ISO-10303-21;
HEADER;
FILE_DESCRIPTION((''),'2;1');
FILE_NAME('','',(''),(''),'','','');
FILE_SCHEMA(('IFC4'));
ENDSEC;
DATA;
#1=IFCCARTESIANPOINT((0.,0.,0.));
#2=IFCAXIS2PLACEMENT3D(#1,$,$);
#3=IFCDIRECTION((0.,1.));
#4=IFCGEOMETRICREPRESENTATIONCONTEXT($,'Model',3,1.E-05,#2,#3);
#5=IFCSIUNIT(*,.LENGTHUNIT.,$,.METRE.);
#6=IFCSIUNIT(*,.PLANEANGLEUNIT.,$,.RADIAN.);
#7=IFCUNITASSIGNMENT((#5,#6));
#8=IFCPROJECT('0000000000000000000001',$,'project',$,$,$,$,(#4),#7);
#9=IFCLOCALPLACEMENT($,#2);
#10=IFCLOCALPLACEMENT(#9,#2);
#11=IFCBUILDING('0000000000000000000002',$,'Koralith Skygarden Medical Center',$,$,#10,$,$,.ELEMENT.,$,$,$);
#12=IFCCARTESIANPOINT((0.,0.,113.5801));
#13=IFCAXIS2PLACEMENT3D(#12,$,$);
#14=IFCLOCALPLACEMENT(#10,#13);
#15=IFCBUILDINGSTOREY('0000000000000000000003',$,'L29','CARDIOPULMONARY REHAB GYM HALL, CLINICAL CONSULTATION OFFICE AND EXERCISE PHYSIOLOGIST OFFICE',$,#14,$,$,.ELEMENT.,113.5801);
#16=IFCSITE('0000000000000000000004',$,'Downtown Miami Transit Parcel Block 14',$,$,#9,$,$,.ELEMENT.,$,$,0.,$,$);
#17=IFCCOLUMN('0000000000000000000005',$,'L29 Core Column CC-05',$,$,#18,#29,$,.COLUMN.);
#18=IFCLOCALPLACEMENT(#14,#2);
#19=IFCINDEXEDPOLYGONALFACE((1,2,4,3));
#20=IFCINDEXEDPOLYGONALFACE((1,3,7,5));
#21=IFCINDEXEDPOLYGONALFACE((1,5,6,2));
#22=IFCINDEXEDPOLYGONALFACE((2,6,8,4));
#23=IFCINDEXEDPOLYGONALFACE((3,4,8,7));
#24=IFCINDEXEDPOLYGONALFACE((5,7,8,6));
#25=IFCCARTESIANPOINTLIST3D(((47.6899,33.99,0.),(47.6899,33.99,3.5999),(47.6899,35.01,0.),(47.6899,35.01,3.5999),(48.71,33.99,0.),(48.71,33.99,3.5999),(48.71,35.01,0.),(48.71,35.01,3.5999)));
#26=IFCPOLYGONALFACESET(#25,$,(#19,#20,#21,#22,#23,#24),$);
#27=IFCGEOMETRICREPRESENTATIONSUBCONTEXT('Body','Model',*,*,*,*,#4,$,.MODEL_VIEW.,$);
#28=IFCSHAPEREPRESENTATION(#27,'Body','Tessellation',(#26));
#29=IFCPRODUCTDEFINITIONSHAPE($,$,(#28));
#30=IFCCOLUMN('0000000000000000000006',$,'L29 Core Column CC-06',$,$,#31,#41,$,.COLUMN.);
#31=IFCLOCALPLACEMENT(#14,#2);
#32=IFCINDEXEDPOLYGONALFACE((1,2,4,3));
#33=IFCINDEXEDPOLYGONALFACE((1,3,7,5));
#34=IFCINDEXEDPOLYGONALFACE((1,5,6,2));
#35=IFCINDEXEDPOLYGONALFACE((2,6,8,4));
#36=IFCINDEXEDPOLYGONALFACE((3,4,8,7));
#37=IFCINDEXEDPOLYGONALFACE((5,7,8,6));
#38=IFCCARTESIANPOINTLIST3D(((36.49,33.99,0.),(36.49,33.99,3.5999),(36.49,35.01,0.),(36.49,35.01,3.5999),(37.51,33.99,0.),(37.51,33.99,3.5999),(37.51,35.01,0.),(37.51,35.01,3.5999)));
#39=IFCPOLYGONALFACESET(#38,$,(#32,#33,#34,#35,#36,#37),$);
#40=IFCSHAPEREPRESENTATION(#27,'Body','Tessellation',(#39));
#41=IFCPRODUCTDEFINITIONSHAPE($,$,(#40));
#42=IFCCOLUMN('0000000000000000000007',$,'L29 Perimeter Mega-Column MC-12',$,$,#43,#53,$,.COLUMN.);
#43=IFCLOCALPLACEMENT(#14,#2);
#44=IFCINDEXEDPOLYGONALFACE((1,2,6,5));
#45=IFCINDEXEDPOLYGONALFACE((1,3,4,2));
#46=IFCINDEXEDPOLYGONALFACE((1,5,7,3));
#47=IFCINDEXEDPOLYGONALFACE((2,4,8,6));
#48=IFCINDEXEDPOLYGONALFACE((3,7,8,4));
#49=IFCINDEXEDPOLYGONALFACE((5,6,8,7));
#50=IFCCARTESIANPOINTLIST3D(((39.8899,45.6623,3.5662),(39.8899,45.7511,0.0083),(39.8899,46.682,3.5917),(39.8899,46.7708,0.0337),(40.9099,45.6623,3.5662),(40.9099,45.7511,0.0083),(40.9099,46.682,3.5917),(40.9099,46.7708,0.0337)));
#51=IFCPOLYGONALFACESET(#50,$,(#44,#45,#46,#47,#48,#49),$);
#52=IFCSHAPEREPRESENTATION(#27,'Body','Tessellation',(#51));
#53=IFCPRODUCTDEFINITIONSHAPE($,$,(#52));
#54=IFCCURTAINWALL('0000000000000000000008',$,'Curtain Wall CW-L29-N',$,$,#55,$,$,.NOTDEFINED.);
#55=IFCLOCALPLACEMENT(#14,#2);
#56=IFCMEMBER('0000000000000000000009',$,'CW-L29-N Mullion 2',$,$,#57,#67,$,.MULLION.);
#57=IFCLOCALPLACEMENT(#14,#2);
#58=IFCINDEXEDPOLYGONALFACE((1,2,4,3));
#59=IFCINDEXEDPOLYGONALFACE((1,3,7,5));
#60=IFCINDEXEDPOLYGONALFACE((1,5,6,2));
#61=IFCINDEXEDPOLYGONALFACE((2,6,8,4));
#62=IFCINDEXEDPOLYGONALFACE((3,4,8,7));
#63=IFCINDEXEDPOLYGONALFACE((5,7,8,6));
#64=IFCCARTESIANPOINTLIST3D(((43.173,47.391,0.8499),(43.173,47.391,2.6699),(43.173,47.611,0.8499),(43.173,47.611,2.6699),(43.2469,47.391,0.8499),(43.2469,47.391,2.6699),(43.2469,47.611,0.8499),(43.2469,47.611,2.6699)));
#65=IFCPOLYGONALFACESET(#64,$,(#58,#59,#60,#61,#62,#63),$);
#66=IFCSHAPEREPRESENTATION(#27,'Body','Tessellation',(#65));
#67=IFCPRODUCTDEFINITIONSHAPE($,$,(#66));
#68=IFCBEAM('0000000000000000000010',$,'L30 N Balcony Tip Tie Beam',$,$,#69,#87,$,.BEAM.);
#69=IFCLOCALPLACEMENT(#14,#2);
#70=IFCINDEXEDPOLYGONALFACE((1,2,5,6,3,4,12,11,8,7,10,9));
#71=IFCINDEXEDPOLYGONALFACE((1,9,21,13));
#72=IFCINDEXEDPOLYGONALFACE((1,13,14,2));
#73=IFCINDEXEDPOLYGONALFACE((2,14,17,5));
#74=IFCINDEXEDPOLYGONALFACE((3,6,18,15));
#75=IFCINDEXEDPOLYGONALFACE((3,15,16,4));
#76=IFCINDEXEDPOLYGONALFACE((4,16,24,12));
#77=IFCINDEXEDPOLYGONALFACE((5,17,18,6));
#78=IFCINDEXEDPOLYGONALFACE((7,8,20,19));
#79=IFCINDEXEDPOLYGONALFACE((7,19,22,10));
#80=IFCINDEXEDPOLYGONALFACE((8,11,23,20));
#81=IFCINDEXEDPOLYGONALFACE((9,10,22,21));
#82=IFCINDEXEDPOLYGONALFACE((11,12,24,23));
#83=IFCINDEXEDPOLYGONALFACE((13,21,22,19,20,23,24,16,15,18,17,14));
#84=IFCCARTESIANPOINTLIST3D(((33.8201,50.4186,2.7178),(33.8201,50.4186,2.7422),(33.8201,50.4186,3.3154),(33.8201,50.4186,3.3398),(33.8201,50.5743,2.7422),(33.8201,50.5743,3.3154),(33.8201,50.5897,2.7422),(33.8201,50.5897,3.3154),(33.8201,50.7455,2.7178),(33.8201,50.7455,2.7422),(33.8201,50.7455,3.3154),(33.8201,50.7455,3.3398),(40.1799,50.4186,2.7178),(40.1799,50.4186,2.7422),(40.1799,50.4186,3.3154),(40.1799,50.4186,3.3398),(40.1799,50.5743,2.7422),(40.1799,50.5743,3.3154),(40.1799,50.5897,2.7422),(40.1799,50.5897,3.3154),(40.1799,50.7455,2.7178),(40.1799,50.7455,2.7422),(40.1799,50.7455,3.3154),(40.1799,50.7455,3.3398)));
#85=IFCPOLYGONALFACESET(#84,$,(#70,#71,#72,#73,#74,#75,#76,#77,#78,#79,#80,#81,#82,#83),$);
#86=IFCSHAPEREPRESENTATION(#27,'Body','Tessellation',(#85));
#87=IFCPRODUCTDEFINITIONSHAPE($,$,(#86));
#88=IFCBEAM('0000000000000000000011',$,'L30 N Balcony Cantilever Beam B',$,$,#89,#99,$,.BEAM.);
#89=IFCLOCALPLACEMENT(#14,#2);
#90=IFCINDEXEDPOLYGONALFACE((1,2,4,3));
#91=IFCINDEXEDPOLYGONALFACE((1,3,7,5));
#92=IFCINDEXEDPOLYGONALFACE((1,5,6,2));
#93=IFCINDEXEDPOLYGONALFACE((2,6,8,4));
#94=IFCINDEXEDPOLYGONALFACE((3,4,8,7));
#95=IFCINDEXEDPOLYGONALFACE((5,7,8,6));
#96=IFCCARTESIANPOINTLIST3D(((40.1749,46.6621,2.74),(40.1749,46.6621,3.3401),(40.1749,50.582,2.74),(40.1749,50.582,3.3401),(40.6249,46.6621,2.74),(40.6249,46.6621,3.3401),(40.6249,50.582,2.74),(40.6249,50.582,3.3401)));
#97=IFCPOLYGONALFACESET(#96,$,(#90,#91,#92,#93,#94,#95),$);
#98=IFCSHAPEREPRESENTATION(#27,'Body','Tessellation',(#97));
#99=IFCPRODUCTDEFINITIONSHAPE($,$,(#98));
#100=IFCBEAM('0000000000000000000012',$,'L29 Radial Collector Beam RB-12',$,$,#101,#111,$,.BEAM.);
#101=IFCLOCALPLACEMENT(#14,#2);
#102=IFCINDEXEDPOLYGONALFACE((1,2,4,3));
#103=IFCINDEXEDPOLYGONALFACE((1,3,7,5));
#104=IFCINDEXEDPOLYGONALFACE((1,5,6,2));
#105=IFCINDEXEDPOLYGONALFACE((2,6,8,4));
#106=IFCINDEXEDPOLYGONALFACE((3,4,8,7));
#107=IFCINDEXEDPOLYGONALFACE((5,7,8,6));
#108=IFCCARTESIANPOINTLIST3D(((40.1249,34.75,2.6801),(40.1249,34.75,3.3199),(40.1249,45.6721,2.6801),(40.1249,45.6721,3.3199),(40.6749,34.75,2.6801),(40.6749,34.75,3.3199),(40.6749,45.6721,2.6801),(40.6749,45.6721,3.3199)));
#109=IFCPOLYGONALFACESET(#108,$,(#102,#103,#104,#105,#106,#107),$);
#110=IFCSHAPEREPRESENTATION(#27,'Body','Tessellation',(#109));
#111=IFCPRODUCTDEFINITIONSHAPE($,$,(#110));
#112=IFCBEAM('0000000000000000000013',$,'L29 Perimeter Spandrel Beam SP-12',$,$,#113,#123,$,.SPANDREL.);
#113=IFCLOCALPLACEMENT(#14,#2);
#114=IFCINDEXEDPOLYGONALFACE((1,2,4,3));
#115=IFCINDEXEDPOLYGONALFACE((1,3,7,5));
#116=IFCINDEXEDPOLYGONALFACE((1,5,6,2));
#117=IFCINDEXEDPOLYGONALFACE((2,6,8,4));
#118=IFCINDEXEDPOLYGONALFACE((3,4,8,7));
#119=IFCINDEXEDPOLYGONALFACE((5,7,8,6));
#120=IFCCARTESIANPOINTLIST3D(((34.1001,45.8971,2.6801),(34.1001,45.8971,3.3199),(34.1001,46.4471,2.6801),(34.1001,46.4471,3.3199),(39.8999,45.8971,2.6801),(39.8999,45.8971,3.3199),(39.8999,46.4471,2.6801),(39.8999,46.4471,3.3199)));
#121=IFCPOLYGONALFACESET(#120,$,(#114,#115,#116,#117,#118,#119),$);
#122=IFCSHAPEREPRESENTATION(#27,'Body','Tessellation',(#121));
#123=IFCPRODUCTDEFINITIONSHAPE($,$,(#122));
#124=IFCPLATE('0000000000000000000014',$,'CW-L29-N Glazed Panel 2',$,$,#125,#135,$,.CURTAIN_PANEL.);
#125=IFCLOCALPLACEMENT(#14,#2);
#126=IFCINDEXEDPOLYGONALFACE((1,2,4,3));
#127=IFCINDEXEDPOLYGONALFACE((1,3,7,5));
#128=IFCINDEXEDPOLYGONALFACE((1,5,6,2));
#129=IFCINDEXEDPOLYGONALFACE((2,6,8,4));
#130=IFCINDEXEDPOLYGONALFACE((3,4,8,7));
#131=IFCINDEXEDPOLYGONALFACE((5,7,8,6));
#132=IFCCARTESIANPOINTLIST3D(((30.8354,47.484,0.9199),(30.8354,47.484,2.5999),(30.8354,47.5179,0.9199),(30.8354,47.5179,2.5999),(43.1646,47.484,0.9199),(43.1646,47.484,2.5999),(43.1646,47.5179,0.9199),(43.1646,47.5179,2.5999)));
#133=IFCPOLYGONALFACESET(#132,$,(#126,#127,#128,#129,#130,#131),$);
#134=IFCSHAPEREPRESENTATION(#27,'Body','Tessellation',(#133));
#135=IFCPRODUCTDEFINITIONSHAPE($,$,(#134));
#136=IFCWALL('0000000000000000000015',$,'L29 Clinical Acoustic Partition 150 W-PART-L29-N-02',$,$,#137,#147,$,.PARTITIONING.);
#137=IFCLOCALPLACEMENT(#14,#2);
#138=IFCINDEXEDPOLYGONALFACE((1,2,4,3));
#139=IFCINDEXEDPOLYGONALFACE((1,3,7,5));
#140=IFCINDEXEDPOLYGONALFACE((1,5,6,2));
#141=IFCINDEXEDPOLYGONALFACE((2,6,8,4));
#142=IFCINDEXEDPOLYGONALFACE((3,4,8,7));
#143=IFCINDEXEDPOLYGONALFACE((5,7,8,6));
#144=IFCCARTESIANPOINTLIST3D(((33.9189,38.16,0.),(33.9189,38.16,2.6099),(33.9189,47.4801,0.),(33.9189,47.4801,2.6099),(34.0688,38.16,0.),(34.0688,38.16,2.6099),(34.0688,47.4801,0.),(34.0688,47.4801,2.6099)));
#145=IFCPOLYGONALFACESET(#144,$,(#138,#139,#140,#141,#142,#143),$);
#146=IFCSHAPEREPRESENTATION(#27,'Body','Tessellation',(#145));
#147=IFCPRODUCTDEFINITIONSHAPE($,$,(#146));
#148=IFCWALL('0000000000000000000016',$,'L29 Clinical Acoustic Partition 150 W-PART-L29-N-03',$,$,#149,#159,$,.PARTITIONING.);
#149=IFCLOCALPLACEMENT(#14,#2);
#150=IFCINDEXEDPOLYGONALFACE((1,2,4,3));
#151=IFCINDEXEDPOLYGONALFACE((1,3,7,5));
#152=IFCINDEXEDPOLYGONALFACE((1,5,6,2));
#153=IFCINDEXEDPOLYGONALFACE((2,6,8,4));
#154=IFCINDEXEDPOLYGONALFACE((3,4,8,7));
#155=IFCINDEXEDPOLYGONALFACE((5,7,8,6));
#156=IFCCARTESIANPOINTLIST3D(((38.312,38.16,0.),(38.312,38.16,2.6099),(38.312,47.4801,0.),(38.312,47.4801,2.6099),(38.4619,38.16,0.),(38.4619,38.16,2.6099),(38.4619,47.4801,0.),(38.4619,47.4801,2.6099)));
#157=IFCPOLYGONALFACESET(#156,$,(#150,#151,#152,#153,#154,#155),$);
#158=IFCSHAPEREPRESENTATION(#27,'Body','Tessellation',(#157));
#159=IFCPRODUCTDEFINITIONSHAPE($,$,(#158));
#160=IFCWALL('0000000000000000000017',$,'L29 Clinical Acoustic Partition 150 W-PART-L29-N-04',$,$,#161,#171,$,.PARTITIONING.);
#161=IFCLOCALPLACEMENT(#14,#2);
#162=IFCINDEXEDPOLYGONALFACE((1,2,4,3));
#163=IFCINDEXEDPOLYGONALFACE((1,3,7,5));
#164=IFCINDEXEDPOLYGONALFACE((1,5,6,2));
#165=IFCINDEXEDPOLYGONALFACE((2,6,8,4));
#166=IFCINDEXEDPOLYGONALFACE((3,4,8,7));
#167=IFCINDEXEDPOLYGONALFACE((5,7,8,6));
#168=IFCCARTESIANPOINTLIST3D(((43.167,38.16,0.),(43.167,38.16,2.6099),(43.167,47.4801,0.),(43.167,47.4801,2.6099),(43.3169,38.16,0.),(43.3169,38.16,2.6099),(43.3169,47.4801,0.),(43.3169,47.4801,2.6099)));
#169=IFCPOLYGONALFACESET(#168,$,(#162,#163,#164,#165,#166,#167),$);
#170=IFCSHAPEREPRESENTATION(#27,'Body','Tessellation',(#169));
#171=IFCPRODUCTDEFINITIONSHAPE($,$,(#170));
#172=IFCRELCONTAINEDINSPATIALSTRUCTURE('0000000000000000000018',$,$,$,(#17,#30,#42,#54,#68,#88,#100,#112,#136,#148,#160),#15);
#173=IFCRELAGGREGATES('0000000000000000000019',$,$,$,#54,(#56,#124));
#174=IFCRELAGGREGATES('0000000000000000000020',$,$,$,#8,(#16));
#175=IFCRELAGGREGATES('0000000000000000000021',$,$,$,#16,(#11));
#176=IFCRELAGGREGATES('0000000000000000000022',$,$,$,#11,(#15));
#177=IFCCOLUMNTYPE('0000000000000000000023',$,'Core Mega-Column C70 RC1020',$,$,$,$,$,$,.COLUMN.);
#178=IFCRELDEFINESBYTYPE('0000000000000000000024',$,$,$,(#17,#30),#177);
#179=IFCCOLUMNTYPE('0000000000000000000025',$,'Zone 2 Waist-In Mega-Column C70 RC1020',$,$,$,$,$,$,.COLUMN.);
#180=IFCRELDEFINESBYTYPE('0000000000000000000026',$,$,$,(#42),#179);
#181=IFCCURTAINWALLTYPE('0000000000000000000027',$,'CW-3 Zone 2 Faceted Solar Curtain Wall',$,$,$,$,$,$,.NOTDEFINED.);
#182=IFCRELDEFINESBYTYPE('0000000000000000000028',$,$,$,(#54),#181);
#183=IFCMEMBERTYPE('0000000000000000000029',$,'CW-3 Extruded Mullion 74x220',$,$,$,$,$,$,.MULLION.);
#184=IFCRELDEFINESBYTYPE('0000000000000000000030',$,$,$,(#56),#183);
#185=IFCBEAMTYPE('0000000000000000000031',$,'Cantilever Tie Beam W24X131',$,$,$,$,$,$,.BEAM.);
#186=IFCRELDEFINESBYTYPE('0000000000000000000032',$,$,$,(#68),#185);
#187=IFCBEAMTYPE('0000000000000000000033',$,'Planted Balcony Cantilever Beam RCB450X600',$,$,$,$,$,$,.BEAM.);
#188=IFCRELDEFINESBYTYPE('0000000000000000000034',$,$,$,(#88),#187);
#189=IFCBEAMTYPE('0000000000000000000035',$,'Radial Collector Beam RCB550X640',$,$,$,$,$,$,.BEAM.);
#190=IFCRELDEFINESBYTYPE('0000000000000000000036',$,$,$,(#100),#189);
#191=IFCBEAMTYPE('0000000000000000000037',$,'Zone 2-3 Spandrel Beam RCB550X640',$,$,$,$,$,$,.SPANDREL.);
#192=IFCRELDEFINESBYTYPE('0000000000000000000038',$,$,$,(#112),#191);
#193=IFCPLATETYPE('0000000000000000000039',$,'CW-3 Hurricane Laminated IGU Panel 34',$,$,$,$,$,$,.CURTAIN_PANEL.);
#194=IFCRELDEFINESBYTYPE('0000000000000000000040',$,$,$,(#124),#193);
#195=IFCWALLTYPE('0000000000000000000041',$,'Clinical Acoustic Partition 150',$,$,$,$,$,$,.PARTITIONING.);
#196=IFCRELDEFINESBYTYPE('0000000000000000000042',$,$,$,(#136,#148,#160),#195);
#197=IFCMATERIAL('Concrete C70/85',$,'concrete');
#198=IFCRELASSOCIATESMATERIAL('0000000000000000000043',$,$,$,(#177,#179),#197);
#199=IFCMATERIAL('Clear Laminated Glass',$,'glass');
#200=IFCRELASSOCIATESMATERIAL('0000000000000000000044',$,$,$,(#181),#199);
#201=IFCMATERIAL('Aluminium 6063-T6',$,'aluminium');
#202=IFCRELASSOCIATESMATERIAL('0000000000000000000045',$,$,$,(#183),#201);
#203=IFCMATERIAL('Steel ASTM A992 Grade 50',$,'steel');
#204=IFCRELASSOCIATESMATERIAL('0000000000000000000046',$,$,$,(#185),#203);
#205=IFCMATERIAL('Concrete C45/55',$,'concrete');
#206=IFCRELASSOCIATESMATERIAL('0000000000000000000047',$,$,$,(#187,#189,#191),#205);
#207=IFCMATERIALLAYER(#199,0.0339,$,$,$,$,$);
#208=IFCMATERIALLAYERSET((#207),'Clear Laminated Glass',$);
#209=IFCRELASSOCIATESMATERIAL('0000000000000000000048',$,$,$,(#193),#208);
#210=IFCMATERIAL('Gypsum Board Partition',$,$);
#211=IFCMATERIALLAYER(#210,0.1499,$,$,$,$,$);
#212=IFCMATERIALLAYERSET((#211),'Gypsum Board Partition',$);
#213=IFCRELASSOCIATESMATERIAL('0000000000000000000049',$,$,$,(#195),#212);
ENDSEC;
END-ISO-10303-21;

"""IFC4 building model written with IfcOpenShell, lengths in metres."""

from ifc_helpers import new_model, si_unit, direction, frame, frame_2d, origin, origin_2d, place, context, subcontext, project, spatial, rectangle, i_section, extrude, material, layer, layer_set, material_profile, profile_set, type_object, element, aggregate, save


model = new_model("IFC4")

# Units and contexts
model_context = context("Model", 3, precision=1e-05, world=origin(), true_north=direction((0.0, 1.0)))
body_context = subcontext(model_context, "Body", "Model", "MODEL_VIEW")
ifc_project = project(units=[si_unit("LENGTHUNIT", "METRE"), si_unit("PLANEANGLEUNIT", "RADIAN")], contexts=[model_context])

# Site, building, storey
site_placement = place(None, origin())
site = spatial("IfcSite", under=ifc_project, at=site_placement, Name="Downtown Miami Transit Parcel Block 14", CompositionType="ELEMENT", RefElevation=0.0)
building_placement = place(site_placement, origin())
building = spatial("IfcBuilding", under=site, at=building_placement, Name="Koralith Skygarden Medical Center", CompositionType="ELEMENT")
storey_placement = place(building_placement, frame((0.0, 0.0, 113.5801)))
storey = spatial("IfcBuildingStorey", under=building, at=storey_placement, Name="L29", Description="CARDIOPULMONARY REHAB GYM HALL, CLINICAL CONSULTATION OFFICE AND EXERCISE PHYSIOLOGIST OFFICE", CompositionType="ELEMENT", Elevation=113.5801)

# Columns
ifc_material_1 = material(Name="Concrete C70/85", Category="concrete")
ifc_material_profile_1 = material_profile(ifc_material_1, rectangle(XDim=1.02, YDim=1.02, at=origin_2d()), Name="RC1020X1020")
ifc_profile_set_1 = profile_set([ifc_material_profile_1], Name="Concrete C70/85")
column_type_1 = type_object("IfcColumnType", Name="Core Mega-Column C70 RC1020", PredefinedType="COLUMN", material=ifc_profile_set_1)
for number, where, z_axis, x_axis, name in (
    (1, (48.2, 34.5, 0.0), (0.0, 0.0, 1.0), (1.0, 0.0, 0.0), "L29 Core Column CC-05"),
    (2, (37.0, 34.5, 0.0), (0.0, 0.0, 1.0), (1.0, 0.0, 0.0), "L29 Core Column CC-06"),
):
    element("IfcColumn", number, at=place(storey_placement, frame(where, z_axis=z_axis, x_axis=x_axis)), inside=storey, type_object=column_type_1, Name=name, PredefinedType="COLUMN", context=body_context, shape_type="SweptSolid", body=[
        extrude(rectangle(XDim=1.02, YDim=1.02, at=origin_2d()), origin(), (0.0, 0.0, 1.0), 3.5999),
    ])
ifc_material_profile_2 = material_profile(ifc_material_1, rectangle(XDim=1.02, YDim=1.02, at=origin_2d()), Name="RC1020X1020")
ifc_profile_set_2 = profile_set([ifc_material_profile_2], Name="Concrete C70/85")
column_type_2 = type_object("IfcColumnType", Name="Zone 2 Waist-In Mega-Column C70 RC1020", PredefinedType="COLUMN", material=ifc_profile_set_2)
column_placement = place(storey_placement, frame((40.3999, 46.261, 0.021), z_axis=(0.0, -0.02497, 0.999688), x_axis=(1.0, 0.0, 0.0)))
element("IfcColumn", 3, at=column_placement, inside=storey, type_object=column_type_2, Name="L29 Perimeter Mega-Column MC-12", PredefinedType="COLUMN", context=body_context, shape_type="SweptSolid", body=[
    extrude(rectangle(XDim=1.02, YDim=1.02, at=origin_2d()), origin(), (0.0, 0.0, 1.0), 3.5591),
])

# Curtain wall, member
ifc_material_2 = material(Name="Clear Laminated Glass", Category="glass")
curtain_wall_type = type_object("IfcCurtainWallType", Name="CW-3 Zone 2 Faceted Solar Curtain Wall", PredefinedType="NOTDEFINED", material=ifc_material_2)
curtain_wall_placement = place(storey_placement, origin())
curtain_wall = element("IfcCurtainWall", 4, at=curtain_wall_placement, inside=storey, type_object=curtain_wall_type, Name="Curtain Wall CW-L29-N", PredefinedType="NOTDEFINED")
ifc_material_3 = material(Name="Aluminium 6063-T6", Category="aluminium")
ifc_material_profile_3 = material_profile(ifc_material_3, rectangle(XDim=0.074, YDim=0.22, at=origin_2d()), Name="MUL74X220")
ifc_profile_set_3 = profile_set([ifc_material_profile_3], Name="Aluminium 6063-T6")
member_type = type_object("IfcMemberType", Name="CW-3 Extruded Mullion 74x220", PredefinedType="MULLION", material=ifc_profile_set_3)
member_placement = place(storey_placement, frame((43.21, 47.501, 0.8499), z_axis=(0.0, 0.0, 1.0), x_axis=(1.0, 0.0, 0.0)))
member = element("IfcMember", 5, at=member_placement, type_object=member_type, Name="CW-L29-N Mullion 2", PredefinedType="MULLION", context=body_context, shape_type="SweptSolid", body=[
    extrude(rectangle(XDim=0.074, YDim=0.22, at=origin_2d()), origin(), (0.0, 0.0, 1.0), 1.8201),
])

# Beams
ifc_material_4 = material(Name="Steel ASTM A992 Grade 50", Category="steel")
ifc_material_profile_4 = material_profile(ifc_material_4, i_section(OverallWidth=0.3269, OverallDepth=0.6221, WebThickness=0.0154, FlangeThickness=0.0244, at=origin_2d()), Name="W24X131")
ifc_profile_set_4 = profile_set([ifc_material_profile_4], Name="Steel ASTM A992 Grade 50")
beam_type_1 = type_object("IfcBeamType", Name="Cantilever Tie Beam W24X131", PredefinedType="BEAM", material=ifc_profile_set_4)
beam_1_placement = place(storey_placement, frame((33.8201, 50.582, 3.0288), z_axis=(1.0, 0.0, 0.0), x_axis=(0.0, 1.0, 0.0)))
element("IfcBeam", 6, at=beam_1_placement, inside=storey, type_object=beam_type_1, Name="L30 N Balcony Tip Tie Beam", PredefinedType="BEAM", context=body_context, shape_type="SweptSolid", body=[
    extrude(i_section(OverallWidth=0.3269, OverallDepth=0.6221, WebThickness=0.0154, FlangeThickness=0.0244, at=origin_2d()), origin(), (0.0, 0.0, 1.0), 6.3599),
])
ifc_material_5 = material(Name="Concrete C45/55", Category="concrete")
ifc_material_profile_5 = material_profile(ifc_material_5, rectangle(XDim=0.45, YDim=0.6001, at=origin_2d()), Name="RCB450X600")
ifc_profile_set_5 = profile_set([ifc_material_profile_5], Name="Concrete C45/55")
beam_type_2 = type_object("IfcBeamType", Name="Planted Balcony Cantilever Beam RCB450X600", PredefinedType="BEAM", material=ifc_profile_set_5)
beam_2_placement = place(storey_placement, frame((40.3999, 46.6621, 3.04), z_axis=(0.0, 1.0, 0.0), x_axis=(-1.0, 0.0, 0.0)))
element("IfcBeam", 7, at=beam_2_placement, inside=storey, type_object=beam_type_2, Name="L30 N Balcony Cantilever Beam B", PredefinedType="BEAM", context=body_context, shape_type="SweptSolid", body=[
    extrude(rectangle(XDim=0.45, YDim=0.6001, at=origin_2d()), origin(), (0.0, 0.0, 1.0), 3.9199),
])
ifc_material_profile_6 = material_profile(ifc_material_5, rectangle(XDim=0.55, YDim=0.6399, at=origin_2d()), Name="RCB550X640")
ifc_profile_set_6 = profile_set([ifc_material_profile_6], Name="Concrete C45/55")
beam_type_3 = type_object("IfcBeamType", Name="Radial Collector Beam RCB550X640", PredefinedType="BEAM", material=ifc_profile_set_6)
beam_3_placement = place(storey_placement, frame((40.3999, 34.75, 3.0), z_axis=(0.0, 1.0, 0.0), x_axis=(-1.0, 0.0, 0.0)))
element("IfcBeam", 8, at=beam_3_placement, inside=storey, type_object=beam_type_3, Name="L29 Radial Collector Beam RB-12", PredefinedType="BEAM", context=body_context, shape_type="SweptSolid", body=[
    extrude(rectangle(XDim=0.55, YDim=0.6399, at=origin_2d()), origin(), (0.0, 0.0, 1.0), 10.9221),
])
ifc_material_profile_7 = material_profile(ifc_material_5, rectangle(XDim=0.55, YDim=0.6399, at=origin_2d()), Name="RCB550X640")
ifc_profile_set_7 = profile_set([ifc_material_profile_7], Name="Concrete C45/55")
beam_type_4 = type_object("IfcBeamType", Name="Zone 2-3 Spandrel Beam RCB550X640", PredefinedType="SPANDREL", material=ifc_profile_set_7)
beam_4_placement = place(storey_placement, frame((39.8999, 46.1721, 3.0), z_axis=(-1.0, 0.0, 0.0), x_axis=(0.0, -1.0, 0.0)))
element("IfcBeam", 9, at=beam_4_placement, inside=storey, type_object=beam_type_4, Name="L29 Perimeter Spandrel Beam SP-12", PredefinedType="SPANDREL", context=body_context, shape_type="SweptSolid", body=[
    extrude(rectangle(XDim=0.55, YDim=0.6399, at=origin_2d()), origin(), (0.0, 0.0, 1.0), 5.7998),
])

# Plate
ifc_layer_1 = layer(ifc_material_2, 0.0339)
ifc_layer_set_1 = layer_set([ifc_layer_1], Name="Clear Laminated Glass")
plate_type = type_object("IfcPlateType", Name="CW-3 Hurricane Laminated IGU Panel 34", PredefinedType="CURTAIN_PANEL", material=ifc_layer_set_1)
plate_placement = place(storey_placement, frame((37.0, 47.501, 0.9199), z_axis=(0.0, 0.0, 1.0), x_axis=(-1.0, 0.0, 0.0)))
plate = element("IfcPlate", 10, at=plate_placement, type_object=plate_type, Name="CW-L29-N Glazed Panel 2", PredefinedType="CURTAIN_PANEL", context=body_context, shape_type="SweptSolid", body=[
    extrude(rectangle(XDim=12.3291, YDim=0.0339, at=origin_2d()), origin(), (0.0, 0.0, 1.0), 1.6799),
])
aggregate(curtain_wall, [member, plate])

# Walls
ifc_material_6 = material(Name="Gypsum Board Partition")
ifc_layer_2 = layer(ifc_material_6, 0.1499)
ifc_layer_set_2 = layer_set([ifc_layer_2], Name="Gypsum Board Partition")
wall_type_1 = type_object("IfcWallType", Name="Clinical Acoustic Partition 150", PredefinedType="PARTITIONING", material=ifc_layer_set_2)
for number, where, z_axis, x_axis, name in (
    (11, (33.9939, 38.1599, 0.0), (0.0, 0.0, 1.0), (0.0, 1.0, 0.0), "L29 Clinical Acoustic Partition 150 W-PART-L29-N-02"),
    (12, (38.387, 38.1599, 0.0), (0.0, 0.0, 1.0), (0.0, 1.0, 0.0), "L29 Clinical Acoustic Partition 150 W-PART-L29-N-03"),
    (13, (43.2419, 38.1599, 0.0), (0.0, 0.0, 1.0), (0.0, 1.0, 0.0), "L29 Clinical Acoustic Partition 150 W-PART-L29-N-04"),
):
    element("IfcWall", number, at=place(storey_placement, frame(where, z_axis=z_axis, x_axis=x_axis)), inside=storey, type_object=wall_type_1, Name=name, PredefinedType="PARTITIONING", context=body_context, shape_type="SweptSolid", body=[
        extrude(rectangle(XDim=9.3201, YDim=0.1499, at=frame_2d((4.6602, 0.0))), origin(), (0.0, 0.0, 1.0), 2.6099),
    ])

save(model, "model.ifc")
